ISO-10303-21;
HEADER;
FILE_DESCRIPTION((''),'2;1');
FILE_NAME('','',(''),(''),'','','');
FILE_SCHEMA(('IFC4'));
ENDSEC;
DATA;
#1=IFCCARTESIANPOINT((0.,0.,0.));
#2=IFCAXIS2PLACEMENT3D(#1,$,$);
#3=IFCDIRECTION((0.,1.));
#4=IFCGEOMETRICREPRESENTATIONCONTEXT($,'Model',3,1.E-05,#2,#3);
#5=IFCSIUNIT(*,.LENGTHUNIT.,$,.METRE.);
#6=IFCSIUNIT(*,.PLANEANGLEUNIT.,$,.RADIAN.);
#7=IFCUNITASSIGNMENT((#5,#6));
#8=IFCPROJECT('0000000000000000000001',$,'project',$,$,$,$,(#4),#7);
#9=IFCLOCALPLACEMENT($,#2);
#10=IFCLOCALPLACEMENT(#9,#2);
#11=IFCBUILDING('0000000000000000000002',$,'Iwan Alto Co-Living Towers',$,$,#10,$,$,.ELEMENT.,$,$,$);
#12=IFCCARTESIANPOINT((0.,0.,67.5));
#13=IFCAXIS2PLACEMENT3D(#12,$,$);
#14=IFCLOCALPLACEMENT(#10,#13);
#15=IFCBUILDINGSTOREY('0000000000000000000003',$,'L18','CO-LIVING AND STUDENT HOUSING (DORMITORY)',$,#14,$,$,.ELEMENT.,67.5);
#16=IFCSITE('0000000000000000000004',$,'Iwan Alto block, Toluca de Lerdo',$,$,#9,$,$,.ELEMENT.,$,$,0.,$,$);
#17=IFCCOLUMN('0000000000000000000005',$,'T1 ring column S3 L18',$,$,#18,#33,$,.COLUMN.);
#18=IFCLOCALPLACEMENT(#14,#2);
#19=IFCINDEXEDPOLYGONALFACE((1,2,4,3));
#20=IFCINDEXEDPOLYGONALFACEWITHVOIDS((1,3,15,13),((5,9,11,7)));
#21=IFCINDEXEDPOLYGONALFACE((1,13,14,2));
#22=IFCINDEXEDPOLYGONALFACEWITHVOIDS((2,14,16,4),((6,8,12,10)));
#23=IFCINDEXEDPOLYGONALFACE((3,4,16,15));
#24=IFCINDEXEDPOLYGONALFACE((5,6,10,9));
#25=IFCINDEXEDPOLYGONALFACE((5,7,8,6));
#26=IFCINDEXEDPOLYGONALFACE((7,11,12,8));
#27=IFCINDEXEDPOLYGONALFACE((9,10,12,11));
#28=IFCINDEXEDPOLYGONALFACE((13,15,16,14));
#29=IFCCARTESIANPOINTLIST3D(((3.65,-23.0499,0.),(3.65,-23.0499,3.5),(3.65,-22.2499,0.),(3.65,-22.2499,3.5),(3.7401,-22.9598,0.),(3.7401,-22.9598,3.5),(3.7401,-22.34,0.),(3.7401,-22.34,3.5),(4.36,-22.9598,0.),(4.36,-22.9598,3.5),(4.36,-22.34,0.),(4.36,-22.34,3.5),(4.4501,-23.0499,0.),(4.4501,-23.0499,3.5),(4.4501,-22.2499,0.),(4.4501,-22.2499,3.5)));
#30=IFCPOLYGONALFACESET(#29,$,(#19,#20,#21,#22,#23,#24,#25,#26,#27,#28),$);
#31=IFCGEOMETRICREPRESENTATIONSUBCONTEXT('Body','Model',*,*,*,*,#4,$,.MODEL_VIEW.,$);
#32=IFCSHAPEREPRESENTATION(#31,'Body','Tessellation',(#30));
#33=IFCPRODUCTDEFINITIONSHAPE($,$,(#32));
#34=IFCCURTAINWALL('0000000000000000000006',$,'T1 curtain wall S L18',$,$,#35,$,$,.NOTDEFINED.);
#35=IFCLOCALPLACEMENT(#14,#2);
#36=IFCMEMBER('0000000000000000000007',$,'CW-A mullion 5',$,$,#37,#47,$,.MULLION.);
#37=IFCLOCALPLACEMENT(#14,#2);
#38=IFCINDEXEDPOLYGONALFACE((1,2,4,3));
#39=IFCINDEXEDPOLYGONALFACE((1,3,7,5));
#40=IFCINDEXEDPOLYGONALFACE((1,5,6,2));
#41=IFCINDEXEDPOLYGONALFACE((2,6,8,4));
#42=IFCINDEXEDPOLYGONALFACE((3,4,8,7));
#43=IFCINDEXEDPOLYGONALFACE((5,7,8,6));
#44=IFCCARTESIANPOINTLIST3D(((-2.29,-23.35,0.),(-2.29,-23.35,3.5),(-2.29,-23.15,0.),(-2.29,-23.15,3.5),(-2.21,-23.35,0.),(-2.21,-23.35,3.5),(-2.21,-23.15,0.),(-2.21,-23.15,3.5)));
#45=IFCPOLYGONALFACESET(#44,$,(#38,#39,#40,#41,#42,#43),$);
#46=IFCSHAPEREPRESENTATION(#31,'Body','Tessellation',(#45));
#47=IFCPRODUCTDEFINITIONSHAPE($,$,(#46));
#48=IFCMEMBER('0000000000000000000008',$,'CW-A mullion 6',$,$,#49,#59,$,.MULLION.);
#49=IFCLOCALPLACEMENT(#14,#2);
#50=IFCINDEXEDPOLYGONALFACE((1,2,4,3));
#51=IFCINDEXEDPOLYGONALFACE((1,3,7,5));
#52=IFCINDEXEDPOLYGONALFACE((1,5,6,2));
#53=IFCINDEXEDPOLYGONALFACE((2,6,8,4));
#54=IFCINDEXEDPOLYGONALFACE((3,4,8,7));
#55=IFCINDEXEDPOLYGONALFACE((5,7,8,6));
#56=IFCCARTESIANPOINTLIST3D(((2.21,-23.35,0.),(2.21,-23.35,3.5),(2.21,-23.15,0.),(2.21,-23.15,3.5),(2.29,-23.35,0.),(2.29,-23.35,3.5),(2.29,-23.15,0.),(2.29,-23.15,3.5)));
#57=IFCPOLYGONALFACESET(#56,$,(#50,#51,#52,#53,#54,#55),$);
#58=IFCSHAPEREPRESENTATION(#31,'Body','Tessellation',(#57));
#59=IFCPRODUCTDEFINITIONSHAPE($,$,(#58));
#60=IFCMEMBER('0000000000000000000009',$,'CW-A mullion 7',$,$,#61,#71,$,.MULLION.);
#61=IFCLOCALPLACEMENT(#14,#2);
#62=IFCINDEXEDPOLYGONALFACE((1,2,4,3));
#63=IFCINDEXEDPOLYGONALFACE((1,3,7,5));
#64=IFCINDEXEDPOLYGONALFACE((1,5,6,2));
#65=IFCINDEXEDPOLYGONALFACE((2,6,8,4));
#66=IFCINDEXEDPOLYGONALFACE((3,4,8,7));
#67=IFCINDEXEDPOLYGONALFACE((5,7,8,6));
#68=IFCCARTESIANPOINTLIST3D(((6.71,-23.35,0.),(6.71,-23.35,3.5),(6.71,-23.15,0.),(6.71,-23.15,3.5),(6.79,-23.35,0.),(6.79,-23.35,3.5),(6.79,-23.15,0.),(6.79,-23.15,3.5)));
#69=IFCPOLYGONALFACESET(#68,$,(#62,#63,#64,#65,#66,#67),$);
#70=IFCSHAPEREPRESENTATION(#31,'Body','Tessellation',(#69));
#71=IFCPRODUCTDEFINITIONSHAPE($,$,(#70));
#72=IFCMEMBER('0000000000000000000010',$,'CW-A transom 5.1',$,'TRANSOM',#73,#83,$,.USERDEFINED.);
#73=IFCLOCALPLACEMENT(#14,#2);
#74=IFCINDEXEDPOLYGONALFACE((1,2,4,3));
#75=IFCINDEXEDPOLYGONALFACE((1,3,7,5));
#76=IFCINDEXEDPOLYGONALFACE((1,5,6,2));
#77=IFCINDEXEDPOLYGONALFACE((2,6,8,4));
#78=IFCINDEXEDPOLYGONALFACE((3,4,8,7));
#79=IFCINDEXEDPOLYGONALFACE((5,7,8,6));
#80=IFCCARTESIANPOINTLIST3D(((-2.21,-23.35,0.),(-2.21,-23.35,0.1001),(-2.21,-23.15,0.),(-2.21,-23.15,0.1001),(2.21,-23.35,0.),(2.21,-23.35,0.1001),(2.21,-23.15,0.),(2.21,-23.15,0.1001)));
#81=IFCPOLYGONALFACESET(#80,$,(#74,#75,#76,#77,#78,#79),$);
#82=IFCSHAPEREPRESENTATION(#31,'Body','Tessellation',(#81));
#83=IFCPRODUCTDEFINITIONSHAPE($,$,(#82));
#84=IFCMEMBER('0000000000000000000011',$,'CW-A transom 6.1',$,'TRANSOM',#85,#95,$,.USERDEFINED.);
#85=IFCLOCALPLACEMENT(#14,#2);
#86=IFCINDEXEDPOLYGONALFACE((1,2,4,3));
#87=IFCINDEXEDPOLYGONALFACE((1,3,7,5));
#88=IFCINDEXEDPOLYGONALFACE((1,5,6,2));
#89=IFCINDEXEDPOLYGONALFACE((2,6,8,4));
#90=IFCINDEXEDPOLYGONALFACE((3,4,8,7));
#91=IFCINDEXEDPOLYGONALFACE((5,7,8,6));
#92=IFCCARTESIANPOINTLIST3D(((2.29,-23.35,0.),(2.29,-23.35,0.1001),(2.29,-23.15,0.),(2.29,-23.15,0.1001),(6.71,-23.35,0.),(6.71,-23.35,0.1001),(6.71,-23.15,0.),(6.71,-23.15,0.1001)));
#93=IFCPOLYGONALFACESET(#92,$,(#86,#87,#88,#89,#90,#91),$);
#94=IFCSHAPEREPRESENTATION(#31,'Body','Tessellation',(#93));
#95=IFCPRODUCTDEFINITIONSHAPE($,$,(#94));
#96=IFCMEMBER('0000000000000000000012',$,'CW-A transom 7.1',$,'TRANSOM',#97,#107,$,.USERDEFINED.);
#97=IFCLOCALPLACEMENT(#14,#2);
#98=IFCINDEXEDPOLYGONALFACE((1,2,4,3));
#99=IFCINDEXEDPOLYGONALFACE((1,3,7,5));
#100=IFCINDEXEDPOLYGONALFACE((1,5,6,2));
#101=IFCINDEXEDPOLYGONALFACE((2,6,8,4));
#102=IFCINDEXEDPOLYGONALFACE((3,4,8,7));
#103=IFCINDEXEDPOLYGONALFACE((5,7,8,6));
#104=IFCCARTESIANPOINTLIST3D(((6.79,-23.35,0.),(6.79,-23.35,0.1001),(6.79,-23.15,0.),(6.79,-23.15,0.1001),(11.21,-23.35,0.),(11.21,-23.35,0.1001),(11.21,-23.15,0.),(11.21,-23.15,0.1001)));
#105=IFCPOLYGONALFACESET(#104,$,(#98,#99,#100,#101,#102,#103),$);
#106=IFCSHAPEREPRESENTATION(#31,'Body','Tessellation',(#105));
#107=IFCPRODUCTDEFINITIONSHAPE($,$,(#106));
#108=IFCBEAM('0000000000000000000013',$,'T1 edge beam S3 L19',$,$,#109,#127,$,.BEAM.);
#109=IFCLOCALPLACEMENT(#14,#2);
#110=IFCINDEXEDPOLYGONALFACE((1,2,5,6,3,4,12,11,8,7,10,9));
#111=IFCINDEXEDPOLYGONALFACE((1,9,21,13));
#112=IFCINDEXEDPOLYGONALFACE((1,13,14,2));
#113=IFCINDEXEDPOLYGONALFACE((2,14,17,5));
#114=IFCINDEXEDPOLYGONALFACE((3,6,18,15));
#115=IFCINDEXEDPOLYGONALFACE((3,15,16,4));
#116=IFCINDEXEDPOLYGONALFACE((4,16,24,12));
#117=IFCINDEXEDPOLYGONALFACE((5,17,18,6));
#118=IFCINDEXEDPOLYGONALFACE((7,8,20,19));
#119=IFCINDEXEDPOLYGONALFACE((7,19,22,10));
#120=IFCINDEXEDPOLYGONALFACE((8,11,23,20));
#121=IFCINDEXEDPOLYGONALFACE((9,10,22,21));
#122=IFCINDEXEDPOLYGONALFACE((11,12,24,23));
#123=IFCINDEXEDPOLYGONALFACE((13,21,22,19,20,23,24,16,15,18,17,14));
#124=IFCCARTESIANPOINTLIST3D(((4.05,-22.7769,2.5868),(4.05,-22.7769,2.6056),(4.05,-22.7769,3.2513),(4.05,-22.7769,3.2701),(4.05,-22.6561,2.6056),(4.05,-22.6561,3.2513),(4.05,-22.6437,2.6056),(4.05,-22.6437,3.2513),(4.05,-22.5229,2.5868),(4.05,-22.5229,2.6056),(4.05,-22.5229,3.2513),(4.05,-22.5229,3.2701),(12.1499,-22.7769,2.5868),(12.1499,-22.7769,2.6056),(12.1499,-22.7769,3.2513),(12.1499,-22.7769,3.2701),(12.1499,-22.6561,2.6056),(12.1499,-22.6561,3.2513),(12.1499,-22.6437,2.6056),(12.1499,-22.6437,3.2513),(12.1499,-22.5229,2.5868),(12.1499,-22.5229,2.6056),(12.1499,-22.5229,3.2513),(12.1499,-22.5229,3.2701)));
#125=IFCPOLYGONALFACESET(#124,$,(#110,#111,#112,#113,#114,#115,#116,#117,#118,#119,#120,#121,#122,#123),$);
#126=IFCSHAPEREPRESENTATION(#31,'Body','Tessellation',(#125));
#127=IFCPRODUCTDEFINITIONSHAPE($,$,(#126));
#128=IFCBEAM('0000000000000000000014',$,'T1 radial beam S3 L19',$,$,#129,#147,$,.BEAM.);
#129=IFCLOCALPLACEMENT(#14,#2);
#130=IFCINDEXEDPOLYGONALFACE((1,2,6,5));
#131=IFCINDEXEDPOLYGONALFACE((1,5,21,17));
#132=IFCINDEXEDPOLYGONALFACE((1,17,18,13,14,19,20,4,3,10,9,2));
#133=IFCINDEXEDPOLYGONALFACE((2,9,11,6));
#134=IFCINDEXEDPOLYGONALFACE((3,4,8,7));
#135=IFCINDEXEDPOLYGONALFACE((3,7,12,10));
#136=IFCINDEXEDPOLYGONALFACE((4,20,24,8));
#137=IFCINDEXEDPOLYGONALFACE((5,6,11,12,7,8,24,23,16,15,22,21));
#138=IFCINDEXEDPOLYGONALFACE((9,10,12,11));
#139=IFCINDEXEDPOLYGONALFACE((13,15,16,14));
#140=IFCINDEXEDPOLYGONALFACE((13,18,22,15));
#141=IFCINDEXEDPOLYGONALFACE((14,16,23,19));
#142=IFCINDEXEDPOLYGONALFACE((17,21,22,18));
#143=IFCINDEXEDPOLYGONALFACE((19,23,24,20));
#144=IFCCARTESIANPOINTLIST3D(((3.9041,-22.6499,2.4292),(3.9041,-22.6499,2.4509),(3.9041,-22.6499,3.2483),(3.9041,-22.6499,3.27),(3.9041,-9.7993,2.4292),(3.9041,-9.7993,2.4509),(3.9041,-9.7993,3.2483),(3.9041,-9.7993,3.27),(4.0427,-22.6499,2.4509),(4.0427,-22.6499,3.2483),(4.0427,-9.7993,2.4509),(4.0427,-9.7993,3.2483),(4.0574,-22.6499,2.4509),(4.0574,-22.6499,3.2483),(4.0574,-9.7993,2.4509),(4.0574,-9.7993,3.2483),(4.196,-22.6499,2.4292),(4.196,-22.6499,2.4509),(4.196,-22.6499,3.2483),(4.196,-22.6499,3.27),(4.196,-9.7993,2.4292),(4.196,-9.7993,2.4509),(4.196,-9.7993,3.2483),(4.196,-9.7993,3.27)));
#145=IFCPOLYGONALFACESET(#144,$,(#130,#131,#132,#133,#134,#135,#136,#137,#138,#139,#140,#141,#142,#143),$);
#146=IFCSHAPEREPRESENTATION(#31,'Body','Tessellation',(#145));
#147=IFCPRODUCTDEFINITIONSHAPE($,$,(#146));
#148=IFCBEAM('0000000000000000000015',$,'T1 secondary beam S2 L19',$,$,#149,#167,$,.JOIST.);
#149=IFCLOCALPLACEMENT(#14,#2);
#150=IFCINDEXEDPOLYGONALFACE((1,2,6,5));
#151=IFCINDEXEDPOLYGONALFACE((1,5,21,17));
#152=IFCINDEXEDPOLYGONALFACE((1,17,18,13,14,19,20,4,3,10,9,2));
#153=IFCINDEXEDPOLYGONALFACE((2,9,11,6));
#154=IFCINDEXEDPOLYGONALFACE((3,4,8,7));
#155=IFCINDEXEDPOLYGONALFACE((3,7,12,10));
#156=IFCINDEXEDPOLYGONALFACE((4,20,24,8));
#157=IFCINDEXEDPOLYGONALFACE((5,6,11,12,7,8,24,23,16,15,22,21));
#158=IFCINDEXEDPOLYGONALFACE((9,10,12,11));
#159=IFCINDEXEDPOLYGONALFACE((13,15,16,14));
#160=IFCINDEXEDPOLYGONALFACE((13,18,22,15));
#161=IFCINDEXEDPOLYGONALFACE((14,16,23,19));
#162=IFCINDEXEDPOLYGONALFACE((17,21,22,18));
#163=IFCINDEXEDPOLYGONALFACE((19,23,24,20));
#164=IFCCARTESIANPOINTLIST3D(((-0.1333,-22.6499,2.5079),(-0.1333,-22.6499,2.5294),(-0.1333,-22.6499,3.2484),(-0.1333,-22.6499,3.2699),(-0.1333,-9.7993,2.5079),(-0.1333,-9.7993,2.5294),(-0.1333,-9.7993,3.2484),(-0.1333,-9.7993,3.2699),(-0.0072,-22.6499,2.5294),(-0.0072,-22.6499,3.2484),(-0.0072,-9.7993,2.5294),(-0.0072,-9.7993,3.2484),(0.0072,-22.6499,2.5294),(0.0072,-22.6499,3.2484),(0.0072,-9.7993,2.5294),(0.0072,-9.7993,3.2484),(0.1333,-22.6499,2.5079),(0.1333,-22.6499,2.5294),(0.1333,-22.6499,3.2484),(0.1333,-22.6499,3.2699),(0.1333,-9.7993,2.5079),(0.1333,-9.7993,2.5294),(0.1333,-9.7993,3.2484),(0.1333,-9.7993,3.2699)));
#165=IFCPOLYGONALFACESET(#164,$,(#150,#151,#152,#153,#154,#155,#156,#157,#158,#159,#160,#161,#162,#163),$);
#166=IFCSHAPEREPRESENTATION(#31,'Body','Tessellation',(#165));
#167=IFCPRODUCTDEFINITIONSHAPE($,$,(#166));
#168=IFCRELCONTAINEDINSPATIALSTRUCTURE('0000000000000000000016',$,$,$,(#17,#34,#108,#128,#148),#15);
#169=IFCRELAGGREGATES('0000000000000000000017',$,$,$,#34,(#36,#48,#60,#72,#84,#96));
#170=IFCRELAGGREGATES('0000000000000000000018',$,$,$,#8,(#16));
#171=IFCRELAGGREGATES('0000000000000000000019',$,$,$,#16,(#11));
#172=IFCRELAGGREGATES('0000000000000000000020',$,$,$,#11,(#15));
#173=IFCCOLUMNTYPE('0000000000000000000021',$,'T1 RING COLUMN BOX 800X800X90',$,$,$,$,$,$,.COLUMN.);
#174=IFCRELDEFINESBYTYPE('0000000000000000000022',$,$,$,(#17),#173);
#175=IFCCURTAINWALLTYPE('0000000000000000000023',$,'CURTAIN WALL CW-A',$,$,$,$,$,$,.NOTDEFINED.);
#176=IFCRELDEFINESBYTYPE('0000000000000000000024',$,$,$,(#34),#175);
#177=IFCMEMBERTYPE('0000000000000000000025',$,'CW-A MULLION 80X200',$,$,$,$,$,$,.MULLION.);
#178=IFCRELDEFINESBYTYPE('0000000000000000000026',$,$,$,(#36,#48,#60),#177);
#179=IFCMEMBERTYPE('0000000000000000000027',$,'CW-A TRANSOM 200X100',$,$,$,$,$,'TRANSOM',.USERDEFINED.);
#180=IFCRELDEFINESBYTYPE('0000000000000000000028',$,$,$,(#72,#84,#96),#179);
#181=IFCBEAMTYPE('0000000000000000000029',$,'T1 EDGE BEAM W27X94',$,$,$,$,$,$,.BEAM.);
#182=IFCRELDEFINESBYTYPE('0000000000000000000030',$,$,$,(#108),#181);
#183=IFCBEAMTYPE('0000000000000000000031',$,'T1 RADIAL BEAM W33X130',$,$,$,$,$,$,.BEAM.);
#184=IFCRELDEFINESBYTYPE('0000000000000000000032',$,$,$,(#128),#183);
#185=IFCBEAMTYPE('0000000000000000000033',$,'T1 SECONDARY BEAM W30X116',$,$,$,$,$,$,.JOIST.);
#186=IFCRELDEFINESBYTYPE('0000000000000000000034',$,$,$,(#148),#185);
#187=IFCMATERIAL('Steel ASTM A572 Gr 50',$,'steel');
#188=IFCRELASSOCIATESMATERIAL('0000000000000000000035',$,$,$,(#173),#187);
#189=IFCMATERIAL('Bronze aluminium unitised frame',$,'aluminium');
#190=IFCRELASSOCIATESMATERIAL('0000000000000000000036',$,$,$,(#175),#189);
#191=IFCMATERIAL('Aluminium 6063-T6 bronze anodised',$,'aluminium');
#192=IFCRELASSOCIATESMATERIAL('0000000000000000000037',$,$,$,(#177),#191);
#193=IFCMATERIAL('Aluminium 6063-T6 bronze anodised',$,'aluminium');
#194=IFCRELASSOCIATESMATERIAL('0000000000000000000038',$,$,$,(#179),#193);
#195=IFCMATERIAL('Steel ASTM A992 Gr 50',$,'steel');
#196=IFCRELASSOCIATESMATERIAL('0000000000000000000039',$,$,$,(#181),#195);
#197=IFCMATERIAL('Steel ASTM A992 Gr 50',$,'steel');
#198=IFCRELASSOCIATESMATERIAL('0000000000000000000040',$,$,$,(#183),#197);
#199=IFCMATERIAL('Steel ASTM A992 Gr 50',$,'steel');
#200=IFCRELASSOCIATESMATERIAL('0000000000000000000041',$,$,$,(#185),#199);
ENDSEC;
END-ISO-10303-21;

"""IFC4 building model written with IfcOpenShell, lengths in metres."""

from ifc_helpers import new_model, si_unit, direction, frame, origin, origin_2d, place, context, subcontext, project, spatial, rectangle, hollow_rectangle, i_section, extrude, material, material_profile, profile_set, type_object, element, aggregate, save


model = new_model("IFC4")

# Units and contexts
model_context = context("Model", 3, precision=1e-05, world=origin(), true_north=direction((0.0, 1.0)))
body_context = subcontext(model_context, "Body", "Model", "MODEL_VIEW")
ifc_project = project(units=[si_unit("LENGTHUNIT", "METRE"), si_unit("PLANEANGLEUNIT", "RADIAN")], contexts=[model_context])

# Site, building, storey
site_placement = place(None, origin())
site = spatial("IfcSite", under=ifc_project, at=site_placement, Name="Iwan Alto block, Toluca de Lerdo", CompositionType="ELEMENT", RefElevation=0.0)
building_placement = place(site_placement, origin())
building = spatial("IfcBuilding", under=site, at=building_placement, Name="Iwan Alto Co-Living Towers", CompositionType="ELEMENT")
storey_placement = place(building_placement, frame((0.0, 0.0, 67.5)))
storey = spatial("IfcBuildingStorey", under=building, at=storey_placement, Name="L18", Description="CO-LIVING AND STUDENT HOUSING (DORMITORY)", CompositionType="ELEMENT", Elevation=67.5)

# Column
ifc_material_1 = material(Name="Steel ASTM A572 Gr 50", Category="steel")
ifc_material_profile_1 = material_profile(ifc_material_1, hollow_rectangle(XDim=0.8, YDim=0.8, WallThickness=0.0901, at=origin_2d()), Name="BOX 800X800X90")
ifc_profile_set_1 = profile_set([ifc_material_profile_1], Name="Steel ASTM A572 Gr 50")
column_type = type_object("IfcColumnType", Name="T1 RING COLUMN BOX 800X800X90", PredefinedType="COLUMN", material=ifc_profile_set_1)
column_placement = place(storey_placement, frame((4.05, -22.6499, 0.0), z_axis=(0.0, 0.0, 1.0), x_axis=(1.0, 0.0, 0.0)))
element("IfcColumn", 1, at=column_placement, inside=storey, type_object=column_type, Name="T1 ring column S3 L18", PredefinedType="COLUMN", context=body_context, shape_type="SweptSolid", body=[
    extrude(hollow_rectangle(XDim=0.8, YDim=0.8, WallThickness=0.0901, at=origin_2d()), origin(), (0.0, 0.0, 1.0), 3.5),
])

# Curtain wall, members
ifc_material_2 = material(Name="Bronze aluminium unitised frame", Category="aluminium")
curtain_wall_type = type_object("IfcCurtainWallType", Name="CURTAIN WALL CW-A", PredefinedType="NOTDEFINED", material=ifc_material_2)
curtain_wall_placement = place(storey_placement, origin())
curtain_wall = element("IfcCurtainWall", 2, at=curtain_wall_placement, inside=storey, type_object=curtain_wall_type, Name="T1 curtain wall S L18", PredefinedType="NOTDEFINED")
ifc_material_3 = material(Name="Aluminium 6063-T6 bronze anodised", Category="aluminium")
ifc_material_profile_2 = material_profile(ifc_material_3, rectangle(XDim=0.2, YDim=0.0801, at=origin_2d()), Name="AL 80X200")
ifc_profile_set_2 = profile_set([ifc_material_profile_2], Name="Aluminium 6063-T6 bronze anodised")
member_type_1 = type_object("IfcMemberType", Name="CW-A MULLION 80X200", PredefinedType="MULLION", material=ifc_profile_set_2)
member_1_placement = place(storey_placement, frame((-2.25, -23.25, 0.0), z_axis=(0.0, 0.0, 1.0), x_axis=(0.0, 1.0, 0.0)))
member_1 = element("IfcMember", 3, at=member_1_placement, type_object=member_type_1, Name="CW-A mullion 5", PredefinedType="MULLION", context=body_context, shape_type="SweptSolid", body=[
    extrude(rectangle(XDim=0.2, YDim=0.0801, at=origin_2d()), origin(), (0.0, 0.0, 1.0), 3.5),
])
member_2_placement = place(storey_placement, frame((2.25, -23.25, 0.0), z_axis=(0.0, 0.0, 1.0), x_axis=(0.0, 1.0, 0.0)))
member_2 = element("IfcMember", 4, at=member_2_placement, type_object=member_type_1, Name="CW-A mullion 6", PredefinedType="MULLION", context=body_context, shape_type="SweptSolid", body=[
    extrude(rectangle(XDim=0.2, YDim=0.0801, at=origin_2d()), origin(), (0.0, 0.0, 1.0), 3.5),
])
member_3_placement = place(storey_placement, frame((6.75, -23.25, 0.0), z_axis=(0.0, 0.0, 1.0), x_axis=(0.0, 1.0, 0.0)))
member_3 = element("IfcMember", 5, at=member_3_placement, type_object=member_type_1, Name="CW-A mullion 7", PredefinedType="MULLION", context=body_context, shape_type="SweptSolid", body=[
    extrude(rectangle(XDim=0.2, YDim=0.0801, at=origin_2d()), origin(), (0.0, 0.0, 1.0), 3.5),
])
ifc_material_4 = material(Name="Aluminium 6063-T6 bronze anodised", Category="aluminium")
ifc_material_profile_3 = material_profile(ifc_material_4, rectangle(XDim=0.2, YDim=0.1001, at=origin_2d()), Name="AL 200X100")
ifc_profile_set_3 = profile_set([ifc_material_profile_3], Name="Aluminium 6063-T6 bronze anodised")
member_type_2 = type_object("IfcMemberType", Name="CW-A TRANSOM 200X100", ElementType="TRANSOM", PredefinedType="USERDEFINED", material=ifc_profile_set_3)
member_4_placement = place(storey_placement, frame((-2.21, -23.25, 0.05), z_axis=(1.0, 0.0, 0.0), x_axis=(0.0, 1.0, 0.0)))
member_4 = element("IfcMember", 6, at=member_4_placement, type_object=member_type_2, Name="CW-A transom 5.1", ObjectType="TRANSOM", PredefinedType="USERDEFINED", context=body_context, shape_type="SweptSolid", body=[
    extrude(rectangle(XDim=0.2, YDim=0.1001, at=origin_2d()), origin(), (0.0, 0.0, 1.0), 4.4199),
])
member_5_placement = place(storey_placement, frame((2.29, -23.25, 0.05), z_axis=(1.0, 0.0, 0.0), x_axis=(0.0, 1.0, 0.0)))
member_5 = element("IfcMember", 7, at=member_5_placement, type_object=member_type_2, Name="CW-A transom 6.1", ObjectType="TRANSOM", PredefinedType="USERDEFINED", context=body_context, shape_type="SweptSolid", body=[
    extrude(rectangle(XDim=0.2, YDim=0.1001, at=origin_2d()), origin(), (0.0, 0.0, 1.0), 4.4199),
])
member_6_placement = place(storey_placement, frame((6.79, -23.25, 0.05), z_axis=(1.0, 0.0, 0.0), x_axis=(0.0, 1.0, 0.0)))
member_6 = element("IfcMember", 8, at=member_6_placement, type_object=member_type_2, Name="CW-A transom 7.1", ObjectType="TRANSOM", PredefinedType="USERDEFINED", context=body_context, shape_type="SweptSolid", body=[
    extrude(rectangle(XDim=0.2, YDim=0.1001, at=origin_2d()), origin(), (0.0, 0.0, 1.0), 4.4199),
])

# Beams
ifc_material_5 = material(Name="Steel ASTM A992 Gr 50", Category="steel")
ifc_material_profile_4 = material_profile(ifc_material_5, i_section(OverallWidth=0.2539, OverallDepth=0.6833, WebThickness=0.0125, FlangeThickness=0.0188, at=origin_2d()), Name="W27X94")
ifc_profile_set_4 = profile_set([ifc_material_profile_4], Name="Steel ASTM A992 Gr 50")
beam_type_1 = type_object("IfcBeamType", Name="T1 EDGE BEAM W27X94", PredefinedType="BEAM", material=ifc_profile_set_4)
beam_1_placement = place(storey_placement, frame((4.05, -22.6499, 2.9285), z_axis=(1.0, 0.0, 0.0), x_axis=(0.0, 1.0, 0.0)))
element("IfcBeam", 9, at=beam_1_placement, inside=storey, type_object=beam_type_1, Name="T1 edge beam S3 L19", PredefinedType="BEAM", context=body_context, shape_type="SweptSolid", body=[
    extrude(i_section(OverallWidth=0.2539, OverallDepth=0.6833, WebThickness=0.0125, FlangeThickness=0.0188, at=origin_2d()), origin(), (0.0, 0.0, 1.0), 8.0999),
])
ifc_material_6 = material(Name="Steel ASTM A992 Gr 50", Category="steel")
ifc_material_profile_5 = material_profile(ifc_material_6, i_section(OverallWidth=0.292, OverallDepth=0.8408, WebThickness=0.0146, FlangeThickness=0.0217, at=origin_2d()), Name="W33X130")
ifc_profile_set_5 = profile_set([ifc_material_profile_5], Name="Steel ASTM A992 Gr 50")
beam_type_2 = type_object("IfcBeamType", Name="T1 RADIAL BEAM W33X130", PredefinedType="BEAM", material=ifc_profile_set_5)
beam_2_placement = place(storey_placement, frame((4.05, -22.6499, 2.8496), z_axis=(0.0, 1.0, 0.0), x_axis=(-1.0, 0.0, 0.0)))
element("IfcBeam", 10, at=beam_2_placement, inside=storey, type_object=beam_type_2, Name="T1 radial beam S3 L19", PredefinedType="BEAM", context=body_context, shape_type="SweptSolid", body=[
    extrude(i_section(OverallWidth=0.292, OverallDepth=0.8408, WebThickness=0.0146, FlangeThickness=0.0217, at=origin_2d()), origin(), (0.0, 0.0, 1.0), 12.8506),
])
ifc_material_7 = material(Name="Steel ASTM A992 Gr 50", Category="steel")
ifc_material_profile_6 = material_profile(ifc_material_7, i_section(OverallWidth=0.2666, OverallDepth=0.762, WebThickness=0.0144, FlangeThickness=0.0215, at=origin_2d()), Name="W30X116")
ifc_profile_set_6 = profile_set([ifc_material_profile_6], Name="Steel ASTM A992 Gr 50")
beam_type_3 = type_object("IfcBeamType", Name="T1 SECONDARY BEAM W30X116", PredefinedType="JOIST", material=ifc_profile_set_6)
for number, where, z_axis, x_axis, name in (
    (11, (0.0, -22.6499, 2.8889), (0.0, 1.0, 0.0), (-1.0, 0.0, 0.0), "T1 secondary beam S2 L19"),
):
    element("IfcBeam", number, at=place(storey_placement, frame(where, z_axis=z_axis, x_axis=x_axis)), inside=storey, type_object=beam_type_3, Name=name, PredefinedType="JOIST", context=body_context, shape_type="SweptSolid", body=[
        extrude(i_section(OverallWidth=0.2666, OverallDepth=0.762, WebThickness=0.0144, FlangeThickness=0.0215, at=origin_2d()), origin(), (0.0, 0.0, 1.0), 12.8506),
    ])

aggregate(curtain_wall, [member_1, member_2, member_3, member_4, member_5, member_6])

save(model, "model.ifc")
